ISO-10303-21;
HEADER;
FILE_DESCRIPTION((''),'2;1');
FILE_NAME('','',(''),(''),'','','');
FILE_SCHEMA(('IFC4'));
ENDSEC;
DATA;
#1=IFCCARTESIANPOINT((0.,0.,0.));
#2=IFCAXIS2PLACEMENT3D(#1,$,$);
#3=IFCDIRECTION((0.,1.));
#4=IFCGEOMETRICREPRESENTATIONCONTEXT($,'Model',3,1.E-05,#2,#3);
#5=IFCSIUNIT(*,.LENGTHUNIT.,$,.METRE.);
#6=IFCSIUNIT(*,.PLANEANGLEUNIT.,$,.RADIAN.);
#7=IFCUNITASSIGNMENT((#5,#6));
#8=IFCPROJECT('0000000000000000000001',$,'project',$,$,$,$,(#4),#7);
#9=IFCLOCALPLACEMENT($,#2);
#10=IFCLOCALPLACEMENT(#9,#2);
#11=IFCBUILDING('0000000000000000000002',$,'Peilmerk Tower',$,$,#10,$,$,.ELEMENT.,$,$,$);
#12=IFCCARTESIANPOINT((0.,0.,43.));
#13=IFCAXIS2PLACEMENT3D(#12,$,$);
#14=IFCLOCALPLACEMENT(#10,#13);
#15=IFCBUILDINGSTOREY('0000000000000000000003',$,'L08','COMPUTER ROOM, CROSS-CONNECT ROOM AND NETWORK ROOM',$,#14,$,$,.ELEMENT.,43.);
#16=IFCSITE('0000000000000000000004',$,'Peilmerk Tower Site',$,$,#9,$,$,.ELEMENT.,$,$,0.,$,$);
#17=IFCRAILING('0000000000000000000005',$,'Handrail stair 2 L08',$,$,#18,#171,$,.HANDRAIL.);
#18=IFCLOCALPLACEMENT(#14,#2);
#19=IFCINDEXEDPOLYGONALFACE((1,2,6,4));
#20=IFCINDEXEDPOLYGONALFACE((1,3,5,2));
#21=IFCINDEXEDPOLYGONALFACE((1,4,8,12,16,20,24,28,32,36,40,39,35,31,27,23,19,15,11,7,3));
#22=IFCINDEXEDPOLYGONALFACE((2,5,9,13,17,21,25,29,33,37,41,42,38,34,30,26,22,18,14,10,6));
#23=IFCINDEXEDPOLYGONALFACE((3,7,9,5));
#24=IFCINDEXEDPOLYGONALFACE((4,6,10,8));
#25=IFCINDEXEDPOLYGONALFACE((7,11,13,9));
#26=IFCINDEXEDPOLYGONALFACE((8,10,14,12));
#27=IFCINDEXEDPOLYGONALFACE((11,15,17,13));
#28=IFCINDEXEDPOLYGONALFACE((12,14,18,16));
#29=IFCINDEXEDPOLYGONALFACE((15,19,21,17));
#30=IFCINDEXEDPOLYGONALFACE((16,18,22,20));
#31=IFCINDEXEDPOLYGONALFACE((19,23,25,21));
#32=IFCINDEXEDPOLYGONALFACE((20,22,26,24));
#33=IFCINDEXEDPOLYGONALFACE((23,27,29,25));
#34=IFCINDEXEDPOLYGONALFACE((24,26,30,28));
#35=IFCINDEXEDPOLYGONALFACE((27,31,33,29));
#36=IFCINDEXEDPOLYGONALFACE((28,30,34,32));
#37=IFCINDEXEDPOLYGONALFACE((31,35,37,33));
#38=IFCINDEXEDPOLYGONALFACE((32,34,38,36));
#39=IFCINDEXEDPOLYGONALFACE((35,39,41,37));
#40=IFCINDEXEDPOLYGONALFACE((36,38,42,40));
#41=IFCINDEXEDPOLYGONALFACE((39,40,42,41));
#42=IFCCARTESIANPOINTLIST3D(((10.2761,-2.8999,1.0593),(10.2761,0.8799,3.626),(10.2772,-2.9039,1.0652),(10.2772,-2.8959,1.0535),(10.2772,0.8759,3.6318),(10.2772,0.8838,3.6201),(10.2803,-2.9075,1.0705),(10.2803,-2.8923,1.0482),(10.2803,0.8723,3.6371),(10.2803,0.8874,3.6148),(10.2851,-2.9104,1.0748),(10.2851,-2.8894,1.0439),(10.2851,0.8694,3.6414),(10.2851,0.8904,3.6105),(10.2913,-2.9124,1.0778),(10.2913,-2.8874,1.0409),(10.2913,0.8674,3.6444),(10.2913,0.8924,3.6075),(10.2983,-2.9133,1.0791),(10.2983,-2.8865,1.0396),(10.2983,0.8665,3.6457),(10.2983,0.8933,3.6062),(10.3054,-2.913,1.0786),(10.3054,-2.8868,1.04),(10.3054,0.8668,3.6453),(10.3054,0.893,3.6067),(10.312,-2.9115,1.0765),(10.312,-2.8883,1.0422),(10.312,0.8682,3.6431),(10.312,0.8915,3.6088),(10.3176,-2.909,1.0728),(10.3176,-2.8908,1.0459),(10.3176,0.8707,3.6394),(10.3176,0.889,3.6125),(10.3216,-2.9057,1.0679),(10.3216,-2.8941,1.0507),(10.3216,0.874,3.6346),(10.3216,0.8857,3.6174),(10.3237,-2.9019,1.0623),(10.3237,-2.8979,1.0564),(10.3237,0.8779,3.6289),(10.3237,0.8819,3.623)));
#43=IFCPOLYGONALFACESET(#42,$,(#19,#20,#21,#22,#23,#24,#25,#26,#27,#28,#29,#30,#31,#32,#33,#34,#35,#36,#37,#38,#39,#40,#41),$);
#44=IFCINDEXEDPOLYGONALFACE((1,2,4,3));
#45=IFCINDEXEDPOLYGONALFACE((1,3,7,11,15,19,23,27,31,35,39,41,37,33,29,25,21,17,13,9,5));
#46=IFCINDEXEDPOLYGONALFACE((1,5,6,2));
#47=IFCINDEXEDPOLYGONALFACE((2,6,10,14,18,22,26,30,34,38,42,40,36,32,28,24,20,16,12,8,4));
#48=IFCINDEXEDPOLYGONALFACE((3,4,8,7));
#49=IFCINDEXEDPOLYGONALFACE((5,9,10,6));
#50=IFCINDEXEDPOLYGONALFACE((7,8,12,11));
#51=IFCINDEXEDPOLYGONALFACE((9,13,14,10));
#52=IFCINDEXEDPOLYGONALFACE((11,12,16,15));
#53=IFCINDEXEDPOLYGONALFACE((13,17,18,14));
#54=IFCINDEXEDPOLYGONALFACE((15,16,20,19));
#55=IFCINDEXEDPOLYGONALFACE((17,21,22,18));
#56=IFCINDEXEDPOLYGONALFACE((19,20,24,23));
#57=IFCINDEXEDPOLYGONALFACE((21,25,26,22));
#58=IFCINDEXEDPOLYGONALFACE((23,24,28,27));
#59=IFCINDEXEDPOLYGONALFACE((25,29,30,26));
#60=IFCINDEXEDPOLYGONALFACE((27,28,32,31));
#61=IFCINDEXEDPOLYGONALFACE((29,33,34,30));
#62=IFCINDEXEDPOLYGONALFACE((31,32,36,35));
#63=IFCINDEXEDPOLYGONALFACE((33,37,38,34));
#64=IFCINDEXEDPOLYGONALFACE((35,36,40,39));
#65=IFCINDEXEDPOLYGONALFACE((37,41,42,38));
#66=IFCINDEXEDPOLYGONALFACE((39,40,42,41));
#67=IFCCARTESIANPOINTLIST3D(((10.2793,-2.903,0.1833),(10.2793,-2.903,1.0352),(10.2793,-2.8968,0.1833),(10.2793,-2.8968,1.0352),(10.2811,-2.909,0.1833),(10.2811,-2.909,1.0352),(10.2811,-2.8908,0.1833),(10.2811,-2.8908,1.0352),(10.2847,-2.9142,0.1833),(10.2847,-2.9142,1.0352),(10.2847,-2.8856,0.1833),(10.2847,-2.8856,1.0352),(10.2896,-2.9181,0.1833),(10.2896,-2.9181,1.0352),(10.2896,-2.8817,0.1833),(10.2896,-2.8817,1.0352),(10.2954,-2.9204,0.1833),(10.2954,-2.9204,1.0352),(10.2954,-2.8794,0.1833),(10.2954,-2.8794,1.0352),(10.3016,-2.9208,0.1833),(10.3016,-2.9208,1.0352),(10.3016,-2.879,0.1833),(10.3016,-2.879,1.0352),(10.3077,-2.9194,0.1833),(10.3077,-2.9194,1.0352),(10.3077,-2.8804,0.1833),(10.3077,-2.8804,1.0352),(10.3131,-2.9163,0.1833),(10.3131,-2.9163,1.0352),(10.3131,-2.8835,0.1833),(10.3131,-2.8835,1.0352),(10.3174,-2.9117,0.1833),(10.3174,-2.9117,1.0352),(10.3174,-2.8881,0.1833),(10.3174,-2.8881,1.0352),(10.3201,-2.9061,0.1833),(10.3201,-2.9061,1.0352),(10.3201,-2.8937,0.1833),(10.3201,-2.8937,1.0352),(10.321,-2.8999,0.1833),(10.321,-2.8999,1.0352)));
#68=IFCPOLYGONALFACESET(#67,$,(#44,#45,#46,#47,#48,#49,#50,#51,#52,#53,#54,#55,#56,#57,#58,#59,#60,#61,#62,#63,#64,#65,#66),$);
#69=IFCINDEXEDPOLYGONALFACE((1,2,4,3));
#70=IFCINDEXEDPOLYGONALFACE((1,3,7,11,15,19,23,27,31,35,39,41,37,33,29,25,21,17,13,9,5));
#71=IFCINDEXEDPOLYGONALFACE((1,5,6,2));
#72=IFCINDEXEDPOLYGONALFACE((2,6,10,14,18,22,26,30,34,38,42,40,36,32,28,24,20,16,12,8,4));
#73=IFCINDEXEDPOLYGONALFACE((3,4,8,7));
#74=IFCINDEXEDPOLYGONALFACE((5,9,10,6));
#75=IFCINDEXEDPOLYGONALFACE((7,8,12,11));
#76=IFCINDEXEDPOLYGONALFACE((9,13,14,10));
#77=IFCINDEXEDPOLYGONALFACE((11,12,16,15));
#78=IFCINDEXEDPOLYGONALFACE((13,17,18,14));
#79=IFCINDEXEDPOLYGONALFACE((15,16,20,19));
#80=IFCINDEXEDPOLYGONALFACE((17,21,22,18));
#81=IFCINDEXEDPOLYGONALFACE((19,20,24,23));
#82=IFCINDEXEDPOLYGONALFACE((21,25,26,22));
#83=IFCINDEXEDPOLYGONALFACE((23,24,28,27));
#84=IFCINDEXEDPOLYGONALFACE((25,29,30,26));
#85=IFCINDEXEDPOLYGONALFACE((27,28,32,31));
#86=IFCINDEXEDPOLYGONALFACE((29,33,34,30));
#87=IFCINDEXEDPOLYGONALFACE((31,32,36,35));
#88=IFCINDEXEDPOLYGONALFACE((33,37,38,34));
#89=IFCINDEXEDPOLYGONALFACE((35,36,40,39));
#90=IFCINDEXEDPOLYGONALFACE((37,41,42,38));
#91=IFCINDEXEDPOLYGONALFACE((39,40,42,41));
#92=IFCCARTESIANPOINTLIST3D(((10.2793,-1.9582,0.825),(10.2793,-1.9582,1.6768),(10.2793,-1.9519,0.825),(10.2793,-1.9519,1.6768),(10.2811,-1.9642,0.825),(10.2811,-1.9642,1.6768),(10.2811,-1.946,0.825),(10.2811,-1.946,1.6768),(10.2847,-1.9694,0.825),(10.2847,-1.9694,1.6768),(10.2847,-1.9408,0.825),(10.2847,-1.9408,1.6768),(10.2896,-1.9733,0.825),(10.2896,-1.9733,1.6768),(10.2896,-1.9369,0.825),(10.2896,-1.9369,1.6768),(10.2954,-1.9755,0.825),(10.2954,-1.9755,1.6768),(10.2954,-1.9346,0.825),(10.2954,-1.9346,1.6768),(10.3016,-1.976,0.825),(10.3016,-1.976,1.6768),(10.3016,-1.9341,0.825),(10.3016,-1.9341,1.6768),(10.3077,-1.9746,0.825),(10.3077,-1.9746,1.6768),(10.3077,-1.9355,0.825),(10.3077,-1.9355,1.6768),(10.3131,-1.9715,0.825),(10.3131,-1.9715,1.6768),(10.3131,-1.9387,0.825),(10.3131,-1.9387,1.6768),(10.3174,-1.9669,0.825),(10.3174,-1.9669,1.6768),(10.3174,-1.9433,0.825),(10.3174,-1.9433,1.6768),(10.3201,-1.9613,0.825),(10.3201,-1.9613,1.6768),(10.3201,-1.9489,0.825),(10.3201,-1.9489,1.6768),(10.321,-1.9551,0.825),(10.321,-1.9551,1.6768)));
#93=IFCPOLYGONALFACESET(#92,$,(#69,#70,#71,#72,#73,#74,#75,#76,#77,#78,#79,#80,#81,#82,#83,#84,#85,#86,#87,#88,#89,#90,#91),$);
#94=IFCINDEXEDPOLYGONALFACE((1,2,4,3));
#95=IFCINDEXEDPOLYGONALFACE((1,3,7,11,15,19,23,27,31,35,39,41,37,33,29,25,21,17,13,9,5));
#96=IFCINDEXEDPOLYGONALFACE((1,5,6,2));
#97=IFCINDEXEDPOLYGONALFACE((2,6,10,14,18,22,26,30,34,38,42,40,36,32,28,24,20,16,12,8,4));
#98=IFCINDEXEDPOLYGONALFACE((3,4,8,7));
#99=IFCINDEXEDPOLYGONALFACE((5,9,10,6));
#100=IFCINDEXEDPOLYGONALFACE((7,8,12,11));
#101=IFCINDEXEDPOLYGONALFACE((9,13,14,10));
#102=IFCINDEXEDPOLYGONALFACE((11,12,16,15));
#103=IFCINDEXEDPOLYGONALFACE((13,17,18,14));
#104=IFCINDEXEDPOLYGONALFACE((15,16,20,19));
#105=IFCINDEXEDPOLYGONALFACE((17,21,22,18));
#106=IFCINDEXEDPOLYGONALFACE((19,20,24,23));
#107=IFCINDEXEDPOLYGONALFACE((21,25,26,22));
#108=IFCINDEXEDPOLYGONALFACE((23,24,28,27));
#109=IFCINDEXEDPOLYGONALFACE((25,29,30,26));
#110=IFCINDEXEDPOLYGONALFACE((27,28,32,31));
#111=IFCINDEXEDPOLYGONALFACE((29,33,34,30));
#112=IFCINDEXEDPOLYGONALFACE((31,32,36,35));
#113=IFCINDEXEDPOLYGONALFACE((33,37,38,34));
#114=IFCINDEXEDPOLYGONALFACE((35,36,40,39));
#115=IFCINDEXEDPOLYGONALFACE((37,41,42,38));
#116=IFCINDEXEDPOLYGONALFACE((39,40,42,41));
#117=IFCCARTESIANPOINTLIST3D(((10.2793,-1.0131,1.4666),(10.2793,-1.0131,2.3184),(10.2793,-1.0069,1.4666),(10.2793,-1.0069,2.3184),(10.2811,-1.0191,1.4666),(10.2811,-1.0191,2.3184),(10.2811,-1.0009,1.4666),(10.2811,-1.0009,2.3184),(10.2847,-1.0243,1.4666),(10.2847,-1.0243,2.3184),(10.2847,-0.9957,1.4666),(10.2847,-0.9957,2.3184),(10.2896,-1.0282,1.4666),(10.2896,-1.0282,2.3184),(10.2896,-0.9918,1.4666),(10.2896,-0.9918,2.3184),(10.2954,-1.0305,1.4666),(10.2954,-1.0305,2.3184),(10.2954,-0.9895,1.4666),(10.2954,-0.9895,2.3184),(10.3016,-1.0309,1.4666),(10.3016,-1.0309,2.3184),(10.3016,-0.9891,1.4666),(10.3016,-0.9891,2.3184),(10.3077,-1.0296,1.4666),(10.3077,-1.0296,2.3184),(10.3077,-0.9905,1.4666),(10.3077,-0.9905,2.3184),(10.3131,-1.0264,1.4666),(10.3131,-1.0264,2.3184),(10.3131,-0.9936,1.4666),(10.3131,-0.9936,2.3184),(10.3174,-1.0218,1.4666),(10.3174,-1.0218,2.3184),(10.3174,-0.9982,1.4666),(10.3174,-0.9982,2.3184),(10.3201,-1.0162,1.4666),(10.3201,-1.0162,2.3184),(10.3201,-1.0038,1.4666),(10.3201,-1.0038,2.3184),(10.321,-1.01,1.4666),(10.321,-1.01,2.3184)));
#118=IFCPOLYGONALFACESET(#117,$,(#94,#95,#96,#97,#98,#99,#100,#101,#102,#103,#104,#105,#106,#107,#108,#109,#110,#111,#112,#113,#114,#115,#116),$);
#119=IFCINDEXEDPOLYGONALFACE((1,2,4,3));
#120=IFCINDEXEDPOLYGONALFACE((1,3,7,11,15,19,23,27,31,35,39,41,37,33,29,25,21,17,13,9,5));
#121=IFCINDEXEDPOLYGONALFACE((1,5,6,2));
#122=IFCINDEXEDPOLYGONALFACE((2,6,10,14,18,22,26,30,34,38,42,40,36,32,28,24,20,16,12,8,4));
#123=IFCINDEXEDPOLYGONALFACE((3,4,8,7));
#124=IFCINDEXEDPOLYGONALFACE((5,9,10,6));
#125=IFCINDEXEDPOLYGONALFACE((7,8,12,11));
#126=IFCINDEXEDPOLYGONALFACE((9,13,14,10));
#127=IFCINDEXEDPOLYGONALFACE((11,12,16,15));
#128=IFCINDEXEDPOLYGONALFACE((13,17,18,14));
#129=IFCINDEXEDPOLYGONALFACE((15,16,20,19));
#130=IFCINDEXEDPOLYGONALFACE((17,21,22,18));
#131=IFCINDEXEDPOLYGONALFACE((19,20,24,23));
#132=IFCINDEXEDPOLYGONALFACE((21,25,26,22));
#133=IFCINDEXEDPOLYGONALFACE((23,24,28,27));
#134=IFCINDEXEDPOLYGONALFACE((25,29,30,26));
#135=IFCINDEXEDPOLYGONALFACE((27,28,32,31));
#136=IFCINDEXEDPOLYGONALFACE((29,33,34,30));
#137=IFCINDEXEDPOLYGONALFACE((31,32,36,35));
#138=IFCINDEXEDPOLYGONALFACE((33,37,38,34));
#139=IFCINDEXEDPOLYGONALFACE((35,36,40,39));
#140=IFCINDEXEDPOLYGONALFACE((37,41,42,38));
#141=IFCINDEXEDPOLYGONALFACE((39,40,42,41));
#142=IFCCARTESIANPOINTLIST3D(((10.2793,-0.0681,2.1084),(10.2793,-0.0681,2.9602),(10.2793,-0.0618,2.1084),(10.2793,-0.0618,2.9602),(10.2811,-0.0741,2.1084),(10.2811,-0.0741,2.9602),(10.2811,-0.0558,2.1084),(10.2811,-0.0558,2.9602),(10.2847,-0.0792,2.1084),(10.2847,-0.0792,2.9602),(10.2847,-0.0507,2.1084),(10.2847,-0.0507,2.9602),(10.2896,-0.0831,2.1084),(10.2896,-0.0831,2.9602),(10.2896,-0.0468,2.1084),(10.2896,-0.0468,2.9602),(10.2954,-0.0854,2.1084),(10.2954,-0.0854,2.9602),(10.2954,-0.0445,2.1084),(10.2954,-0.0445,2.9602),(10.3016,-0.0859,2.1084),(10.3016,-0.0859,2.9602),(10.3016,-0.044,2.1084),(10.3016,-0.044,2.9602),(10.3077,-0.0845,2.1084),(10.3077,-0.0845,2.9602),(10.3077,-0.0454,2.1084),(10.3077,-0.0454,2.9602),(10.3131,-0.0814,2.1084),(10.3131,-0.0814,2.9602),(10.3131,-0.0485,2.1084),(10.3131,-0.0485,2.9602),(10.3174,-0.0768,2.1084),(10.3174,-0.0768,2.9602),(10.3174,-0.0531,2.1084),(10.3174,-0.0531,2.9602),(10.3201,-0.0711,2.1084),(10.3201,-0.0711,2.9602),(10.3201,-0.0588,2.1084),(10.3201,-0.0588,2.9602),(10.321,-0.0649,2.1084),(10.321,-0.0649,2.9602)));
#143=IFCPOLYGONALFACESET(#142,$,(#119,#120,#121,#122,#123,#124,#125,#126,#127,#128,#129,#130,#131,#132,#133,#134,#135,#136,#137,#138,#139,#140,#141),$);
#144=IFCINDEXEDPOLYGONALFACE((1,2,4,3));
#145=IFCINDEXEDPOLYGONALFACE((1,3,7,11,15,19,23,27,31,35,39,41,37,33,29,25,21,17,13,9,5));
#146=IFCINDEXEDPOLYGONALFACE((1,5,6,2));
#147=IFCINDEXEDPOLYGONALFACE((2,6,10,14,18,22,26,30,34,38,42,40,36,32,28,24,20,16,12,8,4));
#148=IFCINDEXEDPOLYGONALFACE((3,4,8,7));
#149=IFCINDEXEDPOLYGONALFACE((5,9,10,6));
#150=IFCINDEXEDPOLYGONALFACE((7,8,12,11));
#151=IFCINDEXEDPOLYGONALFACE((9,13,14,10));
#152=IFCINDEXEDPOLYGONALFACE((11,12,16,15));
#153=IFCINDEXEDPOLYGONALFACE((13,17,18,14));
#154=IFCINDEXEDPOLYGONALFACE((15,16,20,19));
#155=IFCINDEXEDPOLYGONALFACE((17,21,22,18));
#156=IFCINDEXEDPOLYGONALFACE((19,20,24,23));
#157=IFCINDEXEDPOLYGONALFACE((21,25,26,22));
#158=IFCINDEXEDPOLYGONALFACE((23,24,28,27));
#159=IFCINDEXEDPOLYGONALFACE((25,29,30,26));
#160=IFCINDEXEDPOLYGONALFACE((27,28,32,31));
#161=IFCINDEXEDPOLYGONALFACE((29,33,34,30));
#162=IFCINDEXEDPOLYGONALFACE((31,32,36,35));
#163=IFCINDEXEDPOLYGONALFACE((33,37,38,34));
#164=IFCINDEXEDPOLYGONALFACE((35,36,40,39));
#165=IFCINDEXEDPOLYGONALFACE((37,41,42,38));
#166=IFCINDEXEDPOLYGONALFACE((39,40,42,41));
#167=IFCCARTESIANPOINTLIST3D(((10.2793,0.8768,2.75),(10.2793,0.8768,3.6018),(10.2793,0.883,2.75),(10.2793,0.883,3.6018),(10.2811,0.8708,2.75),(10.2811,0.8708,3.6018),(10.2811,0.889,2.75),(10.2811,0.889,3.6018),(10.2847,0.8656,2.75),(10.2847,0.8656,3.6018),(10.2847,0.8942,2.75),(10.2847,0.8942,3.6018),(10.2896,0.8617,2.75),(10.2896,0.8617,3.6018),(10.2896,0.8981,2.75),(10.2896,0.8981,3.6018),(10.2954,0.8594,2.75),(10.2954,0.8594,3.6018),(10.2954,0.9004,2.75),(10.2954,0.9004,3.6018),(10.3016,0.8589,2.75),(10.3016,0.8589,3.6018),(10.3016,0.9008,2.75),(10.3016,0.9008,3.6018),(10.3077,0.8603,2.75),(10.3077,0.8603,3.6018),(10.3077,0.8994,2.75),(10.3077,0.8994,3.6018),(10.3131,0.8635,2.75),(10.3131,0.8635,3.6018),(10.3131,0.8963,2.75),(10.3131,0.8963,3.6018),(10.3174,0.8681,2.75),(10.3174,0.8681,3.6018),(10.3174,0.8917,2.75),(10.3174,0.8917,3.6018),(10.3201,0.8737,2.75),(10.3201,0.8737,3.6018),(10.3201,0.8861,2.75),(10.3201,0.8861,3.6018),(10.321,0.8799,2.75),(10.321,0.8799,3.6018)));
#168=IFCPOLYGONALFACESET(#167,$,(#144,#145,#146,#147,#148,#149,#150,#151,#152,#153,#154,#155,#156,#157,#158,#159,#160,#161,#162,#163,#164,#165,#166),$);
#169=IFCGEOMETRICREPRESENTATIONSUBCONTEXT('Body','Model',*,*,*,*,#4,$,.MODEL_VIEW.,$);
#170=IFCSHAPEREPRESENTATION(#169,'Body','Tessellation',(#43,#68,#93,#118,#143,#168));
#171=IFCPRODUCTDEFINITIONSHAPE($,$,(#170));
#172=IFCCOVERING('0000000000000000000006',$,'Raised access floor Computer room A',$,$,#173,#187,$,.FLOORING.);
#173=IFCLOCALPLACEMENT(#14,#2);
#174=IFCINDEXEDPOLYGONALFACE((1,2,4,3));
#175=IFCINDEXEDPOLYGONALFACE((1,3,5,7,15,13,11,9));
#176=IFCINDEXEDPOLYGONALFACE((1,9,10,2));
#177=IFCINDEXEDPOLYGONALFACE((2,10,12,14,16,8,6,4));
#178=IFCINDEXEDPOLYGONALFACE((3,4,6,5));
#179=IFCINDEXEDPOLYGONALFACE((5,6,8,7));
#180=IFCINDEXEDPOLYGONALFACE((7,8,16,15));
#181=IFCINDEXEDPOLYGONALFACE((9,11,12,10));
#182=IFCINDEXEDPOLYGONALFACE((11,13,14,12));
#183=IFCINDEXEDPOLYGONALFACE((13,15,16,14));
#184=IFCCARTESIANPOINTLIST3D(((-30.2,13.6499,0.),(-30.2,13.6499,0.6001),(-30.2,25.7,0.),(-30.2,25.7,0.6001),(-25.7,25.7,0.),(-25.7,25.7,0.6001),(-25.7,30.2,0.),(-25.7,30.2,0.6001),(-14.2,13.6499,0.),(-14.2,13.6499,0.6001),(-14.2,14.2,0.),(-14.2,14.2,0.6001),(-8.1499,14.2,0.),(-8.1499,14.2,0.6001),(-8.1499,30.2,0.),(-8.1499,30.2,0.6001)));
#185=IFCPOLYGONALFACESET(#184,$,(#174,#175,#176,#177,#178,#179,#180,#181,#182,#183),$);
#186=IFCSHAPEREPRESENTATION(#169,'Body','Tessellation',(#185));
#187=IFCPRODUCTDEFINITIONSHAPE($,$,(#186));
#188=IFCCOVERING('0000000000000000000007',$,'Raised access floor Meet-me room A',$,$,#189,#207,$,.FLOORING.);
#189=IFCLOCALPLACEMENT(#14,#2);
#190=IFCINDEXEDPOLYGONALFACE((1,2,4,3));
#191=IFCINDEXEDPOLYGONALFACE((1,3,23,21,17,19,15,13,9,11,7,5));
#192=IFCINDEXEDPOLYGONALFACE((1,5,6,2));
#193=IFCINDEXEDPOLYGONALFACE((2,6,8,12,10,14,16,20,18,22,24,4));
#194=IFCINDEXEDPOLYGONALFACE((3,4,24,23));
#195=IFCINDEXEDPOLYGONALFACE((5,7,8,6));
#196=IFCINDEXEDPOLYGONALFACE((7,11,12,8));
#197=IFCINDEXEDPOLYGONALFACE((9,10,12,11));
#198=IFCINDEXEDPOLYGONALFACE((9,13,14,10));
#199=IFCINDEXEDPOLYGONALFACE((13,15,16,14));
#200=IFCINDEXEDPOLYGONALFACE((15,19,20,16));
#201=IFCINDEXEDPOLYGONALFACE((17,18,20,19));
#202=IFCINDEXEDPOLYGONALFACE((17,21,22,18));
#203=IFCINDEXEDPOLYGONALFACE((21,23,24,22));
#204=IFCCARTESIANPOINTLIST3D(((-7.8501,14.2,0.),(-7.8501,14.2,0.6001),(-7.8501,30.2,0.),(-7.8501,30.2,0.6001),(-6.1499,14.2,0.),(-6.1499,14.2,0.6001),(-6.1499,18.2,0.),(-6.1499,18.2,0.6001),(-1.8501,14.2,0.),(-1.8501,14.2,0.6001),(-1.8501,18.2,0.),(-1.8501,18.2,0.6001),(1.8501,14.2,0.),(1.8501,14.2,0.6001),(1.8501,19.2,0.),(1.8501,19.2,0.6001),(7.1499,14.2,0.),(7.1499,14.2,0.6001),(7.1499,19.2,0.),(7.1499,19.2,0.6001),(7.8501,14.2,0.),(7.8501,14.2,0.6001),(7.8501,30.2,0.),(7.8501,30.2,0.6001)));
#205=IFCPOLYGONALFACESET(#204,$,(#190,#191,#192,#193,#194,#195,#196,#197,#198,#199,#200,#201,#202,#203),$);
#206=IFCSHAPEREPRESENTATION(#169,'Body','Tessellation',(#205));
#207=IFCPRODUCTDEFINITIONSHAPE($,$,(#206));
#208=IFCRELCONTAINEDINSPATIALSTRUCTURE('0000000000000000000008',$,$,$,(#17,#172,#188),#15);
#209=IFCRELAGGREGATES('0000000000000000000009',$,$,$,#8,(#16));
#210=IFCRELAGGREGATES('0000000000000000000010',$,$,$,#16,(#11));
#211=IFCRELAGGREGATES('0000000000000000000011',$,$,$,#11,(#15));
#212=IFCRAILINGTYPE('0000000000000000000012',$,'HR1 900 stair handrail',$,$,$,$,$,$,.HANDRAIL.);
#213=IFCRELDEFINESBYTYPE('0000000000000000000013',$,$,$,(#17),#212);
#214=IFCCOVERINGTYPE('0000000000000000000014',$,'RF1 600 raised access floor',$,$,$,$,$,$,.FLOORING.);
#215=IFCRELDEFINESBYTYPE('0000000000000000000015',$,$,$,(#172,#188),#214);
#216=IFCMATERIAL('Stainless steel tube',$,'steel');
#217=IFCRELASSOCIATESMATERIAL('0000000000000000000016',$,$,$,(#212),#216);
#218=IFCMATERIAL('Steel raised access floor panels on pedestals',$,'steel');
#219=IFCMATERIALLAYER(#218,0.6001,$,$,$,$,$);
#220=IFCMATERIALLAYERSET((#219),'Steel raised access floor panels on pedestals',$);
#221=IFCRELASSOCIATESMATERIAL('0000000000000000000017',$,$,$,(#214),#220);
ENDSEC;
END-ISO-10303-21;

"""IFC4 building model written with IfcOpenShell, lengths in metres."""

from ifc_helpers import new_model, si_unit, direction, frame, origin, origin_2d, place, context, subcontext, project, spatial, polyline, circle, outline, extrude, material, layer, layer_set, type_object, element, save


model = new_model("IFC4")

# Units and contexts
model_context = context("Model", 3, precision=1e-05, world=origin(), true_north=direction((0.0, 1.0)))
body_context = subcontext(model_context, "Body", "Model", "MODEL_VIEW")
ifc_project = project(units=[si_unit("LENGTHUNIT", "METRE"), si_unit("PLANEANGLEUNIT", "RADIAN")], contexts=[model_context])

# Site, building, storey
site_placement = place(None, origin())
site = spatial("IfcSite", under=ifc_project, at=site_placement, Name="Peilmerk Tower Site", CompositionType="ELEMENT", RefElevation=0.0)
building_placement = place(site_placement, origin())
building = spatial("IfcBuilding", under=site, at=building_placement, Name="Peilmerk Tower", CompositionType="ELEMENT")
storey_placement = place(building_placement, frame((0.0, 0.0, 43.0)))
storey = spatial("IfcBuildingStorey", under=building, at=storey_placement, Name="L08", Description="COMPUTER ROOM, CROSS-CONNECT ROOM AND NETWORK ROOM", CompositionType="ELEMENT", Elevation=43.0)

# Railing
ifc_material_1 = material(Name="Stainless steel tube", Category="steel")
railing_type_1 = type_object("IfcRailingType", Name="HR1 900 stair handrail", PredefinedType="HANDRAIL", material=ifc_material_1)
railing_1_placement = place(storey_placement, frame((10.3, -2.8999, 0.1833)))
element("IfcRailing", 1, at=railing_1_placement, inside=storey, type_object=railing_type_1, Name="Handrail stair 2 L08", PredefinedType="HANDRAIL", context=body_context, shape_type="SweptSolid", body=[
    extrude(circle(Radius=0.0239, at=origin_2d()), frame((0.0, 0.0, 0.876), z_axis=(0.0, 0.827293, 0.561771), x_axis=(-1.0, 0.0, 0.0)), (0.0, 0.0, 1.0), 4.5688),
    extrude(circle(Radius=0.021, at=origin_2d()), origin(), (0.0, 0.0, 1.0), 0.8518),
    extrude(circle(Radius=0.021, at=origin_2d()), frame((0.0, 0.9448, 0.6416)), (0.0, 0.0, 1.0), 0.8518),
    extrude(circle(Radius=0.021, at=origin_2d()), frame((0.0, 1.8899, 1.2832)), (0.0, 0.0, 1.0), 0.8518),
    extrude(circle(Radius=0.021, at=origin_2d()), frame((0.0, 2.835, 1.925)), (0.0, 0.0, 1.0), 0.8518),
    extrude(circle(Radius=0.021, at=origin_2d()), frame((0.0, 3.7798, 2.5667)), (0.0, 0.0, 1.0), 0.8518),
])

# Coverings
ifc_material_2 = material(Name="Steel raised access floor panels on pedestals", Category="steel")
ifc_layer_1 = layer(ifc_material_2, 0.6001)
ifc_layer_set_1 = layer_set([ifc_layer_1], Name="Steel raised access floor panels on pedestals")
covering_type = type_object("IfcCoveringType", Name="RF1 600 raised access floor", PredefinedType="FLOORING", material=ifc_layer_set_1)
covering_1_placement = place(storey_placement, origin())
element("IfcCovering", 2, at=covering_1_placement, inside=storey, type_object=covering_type, Name="Raised access floor Computer room A", PredefinedType="FLOORING", context=body_context, shape_type="SweptSolid", body=[
    extrude(outline(polyline([(-30.2, 25.7), (-30.2, 13.6499), (-14.2, 13.6499), (-14.2, 14.2), (-8.1499, 14.2), (-8.1499, 30.2), (-25.7, 30.2), (-25.7, 25.7), (-30.2, 25.7)])), origin(), (0.0, 0.0, 1.0), 0.6001),
])
covering_2_placement = place(storey_placement, origin())
element("IfcCovering", 3, at=covering_2_placement, inside=storey, type_object=covering_type, Name="Raised access floor Meet-me room A", PredefinedType="FLOORING", context=body_context, shape_type="SweptSolid", body=[
    extrude(outline(polyline([(7.8501, 14.2), (7.8501, 30.2), (-7.8501, 30.2), (-7.8501, 14.2), (-6.1499, 14.2), (-6.1499, 18.2), (-1.8501, 18.2), (-1.8501, 14.2), (1.8501, 14.2), (1.8501, 19.2), (7.1499, 19.2), (7.1499, 14.2), (7.8501, 14.2)])), origin(), (0.0, 0.0, 1.0), 0.6001),
])

save(model, "model.ifc")
